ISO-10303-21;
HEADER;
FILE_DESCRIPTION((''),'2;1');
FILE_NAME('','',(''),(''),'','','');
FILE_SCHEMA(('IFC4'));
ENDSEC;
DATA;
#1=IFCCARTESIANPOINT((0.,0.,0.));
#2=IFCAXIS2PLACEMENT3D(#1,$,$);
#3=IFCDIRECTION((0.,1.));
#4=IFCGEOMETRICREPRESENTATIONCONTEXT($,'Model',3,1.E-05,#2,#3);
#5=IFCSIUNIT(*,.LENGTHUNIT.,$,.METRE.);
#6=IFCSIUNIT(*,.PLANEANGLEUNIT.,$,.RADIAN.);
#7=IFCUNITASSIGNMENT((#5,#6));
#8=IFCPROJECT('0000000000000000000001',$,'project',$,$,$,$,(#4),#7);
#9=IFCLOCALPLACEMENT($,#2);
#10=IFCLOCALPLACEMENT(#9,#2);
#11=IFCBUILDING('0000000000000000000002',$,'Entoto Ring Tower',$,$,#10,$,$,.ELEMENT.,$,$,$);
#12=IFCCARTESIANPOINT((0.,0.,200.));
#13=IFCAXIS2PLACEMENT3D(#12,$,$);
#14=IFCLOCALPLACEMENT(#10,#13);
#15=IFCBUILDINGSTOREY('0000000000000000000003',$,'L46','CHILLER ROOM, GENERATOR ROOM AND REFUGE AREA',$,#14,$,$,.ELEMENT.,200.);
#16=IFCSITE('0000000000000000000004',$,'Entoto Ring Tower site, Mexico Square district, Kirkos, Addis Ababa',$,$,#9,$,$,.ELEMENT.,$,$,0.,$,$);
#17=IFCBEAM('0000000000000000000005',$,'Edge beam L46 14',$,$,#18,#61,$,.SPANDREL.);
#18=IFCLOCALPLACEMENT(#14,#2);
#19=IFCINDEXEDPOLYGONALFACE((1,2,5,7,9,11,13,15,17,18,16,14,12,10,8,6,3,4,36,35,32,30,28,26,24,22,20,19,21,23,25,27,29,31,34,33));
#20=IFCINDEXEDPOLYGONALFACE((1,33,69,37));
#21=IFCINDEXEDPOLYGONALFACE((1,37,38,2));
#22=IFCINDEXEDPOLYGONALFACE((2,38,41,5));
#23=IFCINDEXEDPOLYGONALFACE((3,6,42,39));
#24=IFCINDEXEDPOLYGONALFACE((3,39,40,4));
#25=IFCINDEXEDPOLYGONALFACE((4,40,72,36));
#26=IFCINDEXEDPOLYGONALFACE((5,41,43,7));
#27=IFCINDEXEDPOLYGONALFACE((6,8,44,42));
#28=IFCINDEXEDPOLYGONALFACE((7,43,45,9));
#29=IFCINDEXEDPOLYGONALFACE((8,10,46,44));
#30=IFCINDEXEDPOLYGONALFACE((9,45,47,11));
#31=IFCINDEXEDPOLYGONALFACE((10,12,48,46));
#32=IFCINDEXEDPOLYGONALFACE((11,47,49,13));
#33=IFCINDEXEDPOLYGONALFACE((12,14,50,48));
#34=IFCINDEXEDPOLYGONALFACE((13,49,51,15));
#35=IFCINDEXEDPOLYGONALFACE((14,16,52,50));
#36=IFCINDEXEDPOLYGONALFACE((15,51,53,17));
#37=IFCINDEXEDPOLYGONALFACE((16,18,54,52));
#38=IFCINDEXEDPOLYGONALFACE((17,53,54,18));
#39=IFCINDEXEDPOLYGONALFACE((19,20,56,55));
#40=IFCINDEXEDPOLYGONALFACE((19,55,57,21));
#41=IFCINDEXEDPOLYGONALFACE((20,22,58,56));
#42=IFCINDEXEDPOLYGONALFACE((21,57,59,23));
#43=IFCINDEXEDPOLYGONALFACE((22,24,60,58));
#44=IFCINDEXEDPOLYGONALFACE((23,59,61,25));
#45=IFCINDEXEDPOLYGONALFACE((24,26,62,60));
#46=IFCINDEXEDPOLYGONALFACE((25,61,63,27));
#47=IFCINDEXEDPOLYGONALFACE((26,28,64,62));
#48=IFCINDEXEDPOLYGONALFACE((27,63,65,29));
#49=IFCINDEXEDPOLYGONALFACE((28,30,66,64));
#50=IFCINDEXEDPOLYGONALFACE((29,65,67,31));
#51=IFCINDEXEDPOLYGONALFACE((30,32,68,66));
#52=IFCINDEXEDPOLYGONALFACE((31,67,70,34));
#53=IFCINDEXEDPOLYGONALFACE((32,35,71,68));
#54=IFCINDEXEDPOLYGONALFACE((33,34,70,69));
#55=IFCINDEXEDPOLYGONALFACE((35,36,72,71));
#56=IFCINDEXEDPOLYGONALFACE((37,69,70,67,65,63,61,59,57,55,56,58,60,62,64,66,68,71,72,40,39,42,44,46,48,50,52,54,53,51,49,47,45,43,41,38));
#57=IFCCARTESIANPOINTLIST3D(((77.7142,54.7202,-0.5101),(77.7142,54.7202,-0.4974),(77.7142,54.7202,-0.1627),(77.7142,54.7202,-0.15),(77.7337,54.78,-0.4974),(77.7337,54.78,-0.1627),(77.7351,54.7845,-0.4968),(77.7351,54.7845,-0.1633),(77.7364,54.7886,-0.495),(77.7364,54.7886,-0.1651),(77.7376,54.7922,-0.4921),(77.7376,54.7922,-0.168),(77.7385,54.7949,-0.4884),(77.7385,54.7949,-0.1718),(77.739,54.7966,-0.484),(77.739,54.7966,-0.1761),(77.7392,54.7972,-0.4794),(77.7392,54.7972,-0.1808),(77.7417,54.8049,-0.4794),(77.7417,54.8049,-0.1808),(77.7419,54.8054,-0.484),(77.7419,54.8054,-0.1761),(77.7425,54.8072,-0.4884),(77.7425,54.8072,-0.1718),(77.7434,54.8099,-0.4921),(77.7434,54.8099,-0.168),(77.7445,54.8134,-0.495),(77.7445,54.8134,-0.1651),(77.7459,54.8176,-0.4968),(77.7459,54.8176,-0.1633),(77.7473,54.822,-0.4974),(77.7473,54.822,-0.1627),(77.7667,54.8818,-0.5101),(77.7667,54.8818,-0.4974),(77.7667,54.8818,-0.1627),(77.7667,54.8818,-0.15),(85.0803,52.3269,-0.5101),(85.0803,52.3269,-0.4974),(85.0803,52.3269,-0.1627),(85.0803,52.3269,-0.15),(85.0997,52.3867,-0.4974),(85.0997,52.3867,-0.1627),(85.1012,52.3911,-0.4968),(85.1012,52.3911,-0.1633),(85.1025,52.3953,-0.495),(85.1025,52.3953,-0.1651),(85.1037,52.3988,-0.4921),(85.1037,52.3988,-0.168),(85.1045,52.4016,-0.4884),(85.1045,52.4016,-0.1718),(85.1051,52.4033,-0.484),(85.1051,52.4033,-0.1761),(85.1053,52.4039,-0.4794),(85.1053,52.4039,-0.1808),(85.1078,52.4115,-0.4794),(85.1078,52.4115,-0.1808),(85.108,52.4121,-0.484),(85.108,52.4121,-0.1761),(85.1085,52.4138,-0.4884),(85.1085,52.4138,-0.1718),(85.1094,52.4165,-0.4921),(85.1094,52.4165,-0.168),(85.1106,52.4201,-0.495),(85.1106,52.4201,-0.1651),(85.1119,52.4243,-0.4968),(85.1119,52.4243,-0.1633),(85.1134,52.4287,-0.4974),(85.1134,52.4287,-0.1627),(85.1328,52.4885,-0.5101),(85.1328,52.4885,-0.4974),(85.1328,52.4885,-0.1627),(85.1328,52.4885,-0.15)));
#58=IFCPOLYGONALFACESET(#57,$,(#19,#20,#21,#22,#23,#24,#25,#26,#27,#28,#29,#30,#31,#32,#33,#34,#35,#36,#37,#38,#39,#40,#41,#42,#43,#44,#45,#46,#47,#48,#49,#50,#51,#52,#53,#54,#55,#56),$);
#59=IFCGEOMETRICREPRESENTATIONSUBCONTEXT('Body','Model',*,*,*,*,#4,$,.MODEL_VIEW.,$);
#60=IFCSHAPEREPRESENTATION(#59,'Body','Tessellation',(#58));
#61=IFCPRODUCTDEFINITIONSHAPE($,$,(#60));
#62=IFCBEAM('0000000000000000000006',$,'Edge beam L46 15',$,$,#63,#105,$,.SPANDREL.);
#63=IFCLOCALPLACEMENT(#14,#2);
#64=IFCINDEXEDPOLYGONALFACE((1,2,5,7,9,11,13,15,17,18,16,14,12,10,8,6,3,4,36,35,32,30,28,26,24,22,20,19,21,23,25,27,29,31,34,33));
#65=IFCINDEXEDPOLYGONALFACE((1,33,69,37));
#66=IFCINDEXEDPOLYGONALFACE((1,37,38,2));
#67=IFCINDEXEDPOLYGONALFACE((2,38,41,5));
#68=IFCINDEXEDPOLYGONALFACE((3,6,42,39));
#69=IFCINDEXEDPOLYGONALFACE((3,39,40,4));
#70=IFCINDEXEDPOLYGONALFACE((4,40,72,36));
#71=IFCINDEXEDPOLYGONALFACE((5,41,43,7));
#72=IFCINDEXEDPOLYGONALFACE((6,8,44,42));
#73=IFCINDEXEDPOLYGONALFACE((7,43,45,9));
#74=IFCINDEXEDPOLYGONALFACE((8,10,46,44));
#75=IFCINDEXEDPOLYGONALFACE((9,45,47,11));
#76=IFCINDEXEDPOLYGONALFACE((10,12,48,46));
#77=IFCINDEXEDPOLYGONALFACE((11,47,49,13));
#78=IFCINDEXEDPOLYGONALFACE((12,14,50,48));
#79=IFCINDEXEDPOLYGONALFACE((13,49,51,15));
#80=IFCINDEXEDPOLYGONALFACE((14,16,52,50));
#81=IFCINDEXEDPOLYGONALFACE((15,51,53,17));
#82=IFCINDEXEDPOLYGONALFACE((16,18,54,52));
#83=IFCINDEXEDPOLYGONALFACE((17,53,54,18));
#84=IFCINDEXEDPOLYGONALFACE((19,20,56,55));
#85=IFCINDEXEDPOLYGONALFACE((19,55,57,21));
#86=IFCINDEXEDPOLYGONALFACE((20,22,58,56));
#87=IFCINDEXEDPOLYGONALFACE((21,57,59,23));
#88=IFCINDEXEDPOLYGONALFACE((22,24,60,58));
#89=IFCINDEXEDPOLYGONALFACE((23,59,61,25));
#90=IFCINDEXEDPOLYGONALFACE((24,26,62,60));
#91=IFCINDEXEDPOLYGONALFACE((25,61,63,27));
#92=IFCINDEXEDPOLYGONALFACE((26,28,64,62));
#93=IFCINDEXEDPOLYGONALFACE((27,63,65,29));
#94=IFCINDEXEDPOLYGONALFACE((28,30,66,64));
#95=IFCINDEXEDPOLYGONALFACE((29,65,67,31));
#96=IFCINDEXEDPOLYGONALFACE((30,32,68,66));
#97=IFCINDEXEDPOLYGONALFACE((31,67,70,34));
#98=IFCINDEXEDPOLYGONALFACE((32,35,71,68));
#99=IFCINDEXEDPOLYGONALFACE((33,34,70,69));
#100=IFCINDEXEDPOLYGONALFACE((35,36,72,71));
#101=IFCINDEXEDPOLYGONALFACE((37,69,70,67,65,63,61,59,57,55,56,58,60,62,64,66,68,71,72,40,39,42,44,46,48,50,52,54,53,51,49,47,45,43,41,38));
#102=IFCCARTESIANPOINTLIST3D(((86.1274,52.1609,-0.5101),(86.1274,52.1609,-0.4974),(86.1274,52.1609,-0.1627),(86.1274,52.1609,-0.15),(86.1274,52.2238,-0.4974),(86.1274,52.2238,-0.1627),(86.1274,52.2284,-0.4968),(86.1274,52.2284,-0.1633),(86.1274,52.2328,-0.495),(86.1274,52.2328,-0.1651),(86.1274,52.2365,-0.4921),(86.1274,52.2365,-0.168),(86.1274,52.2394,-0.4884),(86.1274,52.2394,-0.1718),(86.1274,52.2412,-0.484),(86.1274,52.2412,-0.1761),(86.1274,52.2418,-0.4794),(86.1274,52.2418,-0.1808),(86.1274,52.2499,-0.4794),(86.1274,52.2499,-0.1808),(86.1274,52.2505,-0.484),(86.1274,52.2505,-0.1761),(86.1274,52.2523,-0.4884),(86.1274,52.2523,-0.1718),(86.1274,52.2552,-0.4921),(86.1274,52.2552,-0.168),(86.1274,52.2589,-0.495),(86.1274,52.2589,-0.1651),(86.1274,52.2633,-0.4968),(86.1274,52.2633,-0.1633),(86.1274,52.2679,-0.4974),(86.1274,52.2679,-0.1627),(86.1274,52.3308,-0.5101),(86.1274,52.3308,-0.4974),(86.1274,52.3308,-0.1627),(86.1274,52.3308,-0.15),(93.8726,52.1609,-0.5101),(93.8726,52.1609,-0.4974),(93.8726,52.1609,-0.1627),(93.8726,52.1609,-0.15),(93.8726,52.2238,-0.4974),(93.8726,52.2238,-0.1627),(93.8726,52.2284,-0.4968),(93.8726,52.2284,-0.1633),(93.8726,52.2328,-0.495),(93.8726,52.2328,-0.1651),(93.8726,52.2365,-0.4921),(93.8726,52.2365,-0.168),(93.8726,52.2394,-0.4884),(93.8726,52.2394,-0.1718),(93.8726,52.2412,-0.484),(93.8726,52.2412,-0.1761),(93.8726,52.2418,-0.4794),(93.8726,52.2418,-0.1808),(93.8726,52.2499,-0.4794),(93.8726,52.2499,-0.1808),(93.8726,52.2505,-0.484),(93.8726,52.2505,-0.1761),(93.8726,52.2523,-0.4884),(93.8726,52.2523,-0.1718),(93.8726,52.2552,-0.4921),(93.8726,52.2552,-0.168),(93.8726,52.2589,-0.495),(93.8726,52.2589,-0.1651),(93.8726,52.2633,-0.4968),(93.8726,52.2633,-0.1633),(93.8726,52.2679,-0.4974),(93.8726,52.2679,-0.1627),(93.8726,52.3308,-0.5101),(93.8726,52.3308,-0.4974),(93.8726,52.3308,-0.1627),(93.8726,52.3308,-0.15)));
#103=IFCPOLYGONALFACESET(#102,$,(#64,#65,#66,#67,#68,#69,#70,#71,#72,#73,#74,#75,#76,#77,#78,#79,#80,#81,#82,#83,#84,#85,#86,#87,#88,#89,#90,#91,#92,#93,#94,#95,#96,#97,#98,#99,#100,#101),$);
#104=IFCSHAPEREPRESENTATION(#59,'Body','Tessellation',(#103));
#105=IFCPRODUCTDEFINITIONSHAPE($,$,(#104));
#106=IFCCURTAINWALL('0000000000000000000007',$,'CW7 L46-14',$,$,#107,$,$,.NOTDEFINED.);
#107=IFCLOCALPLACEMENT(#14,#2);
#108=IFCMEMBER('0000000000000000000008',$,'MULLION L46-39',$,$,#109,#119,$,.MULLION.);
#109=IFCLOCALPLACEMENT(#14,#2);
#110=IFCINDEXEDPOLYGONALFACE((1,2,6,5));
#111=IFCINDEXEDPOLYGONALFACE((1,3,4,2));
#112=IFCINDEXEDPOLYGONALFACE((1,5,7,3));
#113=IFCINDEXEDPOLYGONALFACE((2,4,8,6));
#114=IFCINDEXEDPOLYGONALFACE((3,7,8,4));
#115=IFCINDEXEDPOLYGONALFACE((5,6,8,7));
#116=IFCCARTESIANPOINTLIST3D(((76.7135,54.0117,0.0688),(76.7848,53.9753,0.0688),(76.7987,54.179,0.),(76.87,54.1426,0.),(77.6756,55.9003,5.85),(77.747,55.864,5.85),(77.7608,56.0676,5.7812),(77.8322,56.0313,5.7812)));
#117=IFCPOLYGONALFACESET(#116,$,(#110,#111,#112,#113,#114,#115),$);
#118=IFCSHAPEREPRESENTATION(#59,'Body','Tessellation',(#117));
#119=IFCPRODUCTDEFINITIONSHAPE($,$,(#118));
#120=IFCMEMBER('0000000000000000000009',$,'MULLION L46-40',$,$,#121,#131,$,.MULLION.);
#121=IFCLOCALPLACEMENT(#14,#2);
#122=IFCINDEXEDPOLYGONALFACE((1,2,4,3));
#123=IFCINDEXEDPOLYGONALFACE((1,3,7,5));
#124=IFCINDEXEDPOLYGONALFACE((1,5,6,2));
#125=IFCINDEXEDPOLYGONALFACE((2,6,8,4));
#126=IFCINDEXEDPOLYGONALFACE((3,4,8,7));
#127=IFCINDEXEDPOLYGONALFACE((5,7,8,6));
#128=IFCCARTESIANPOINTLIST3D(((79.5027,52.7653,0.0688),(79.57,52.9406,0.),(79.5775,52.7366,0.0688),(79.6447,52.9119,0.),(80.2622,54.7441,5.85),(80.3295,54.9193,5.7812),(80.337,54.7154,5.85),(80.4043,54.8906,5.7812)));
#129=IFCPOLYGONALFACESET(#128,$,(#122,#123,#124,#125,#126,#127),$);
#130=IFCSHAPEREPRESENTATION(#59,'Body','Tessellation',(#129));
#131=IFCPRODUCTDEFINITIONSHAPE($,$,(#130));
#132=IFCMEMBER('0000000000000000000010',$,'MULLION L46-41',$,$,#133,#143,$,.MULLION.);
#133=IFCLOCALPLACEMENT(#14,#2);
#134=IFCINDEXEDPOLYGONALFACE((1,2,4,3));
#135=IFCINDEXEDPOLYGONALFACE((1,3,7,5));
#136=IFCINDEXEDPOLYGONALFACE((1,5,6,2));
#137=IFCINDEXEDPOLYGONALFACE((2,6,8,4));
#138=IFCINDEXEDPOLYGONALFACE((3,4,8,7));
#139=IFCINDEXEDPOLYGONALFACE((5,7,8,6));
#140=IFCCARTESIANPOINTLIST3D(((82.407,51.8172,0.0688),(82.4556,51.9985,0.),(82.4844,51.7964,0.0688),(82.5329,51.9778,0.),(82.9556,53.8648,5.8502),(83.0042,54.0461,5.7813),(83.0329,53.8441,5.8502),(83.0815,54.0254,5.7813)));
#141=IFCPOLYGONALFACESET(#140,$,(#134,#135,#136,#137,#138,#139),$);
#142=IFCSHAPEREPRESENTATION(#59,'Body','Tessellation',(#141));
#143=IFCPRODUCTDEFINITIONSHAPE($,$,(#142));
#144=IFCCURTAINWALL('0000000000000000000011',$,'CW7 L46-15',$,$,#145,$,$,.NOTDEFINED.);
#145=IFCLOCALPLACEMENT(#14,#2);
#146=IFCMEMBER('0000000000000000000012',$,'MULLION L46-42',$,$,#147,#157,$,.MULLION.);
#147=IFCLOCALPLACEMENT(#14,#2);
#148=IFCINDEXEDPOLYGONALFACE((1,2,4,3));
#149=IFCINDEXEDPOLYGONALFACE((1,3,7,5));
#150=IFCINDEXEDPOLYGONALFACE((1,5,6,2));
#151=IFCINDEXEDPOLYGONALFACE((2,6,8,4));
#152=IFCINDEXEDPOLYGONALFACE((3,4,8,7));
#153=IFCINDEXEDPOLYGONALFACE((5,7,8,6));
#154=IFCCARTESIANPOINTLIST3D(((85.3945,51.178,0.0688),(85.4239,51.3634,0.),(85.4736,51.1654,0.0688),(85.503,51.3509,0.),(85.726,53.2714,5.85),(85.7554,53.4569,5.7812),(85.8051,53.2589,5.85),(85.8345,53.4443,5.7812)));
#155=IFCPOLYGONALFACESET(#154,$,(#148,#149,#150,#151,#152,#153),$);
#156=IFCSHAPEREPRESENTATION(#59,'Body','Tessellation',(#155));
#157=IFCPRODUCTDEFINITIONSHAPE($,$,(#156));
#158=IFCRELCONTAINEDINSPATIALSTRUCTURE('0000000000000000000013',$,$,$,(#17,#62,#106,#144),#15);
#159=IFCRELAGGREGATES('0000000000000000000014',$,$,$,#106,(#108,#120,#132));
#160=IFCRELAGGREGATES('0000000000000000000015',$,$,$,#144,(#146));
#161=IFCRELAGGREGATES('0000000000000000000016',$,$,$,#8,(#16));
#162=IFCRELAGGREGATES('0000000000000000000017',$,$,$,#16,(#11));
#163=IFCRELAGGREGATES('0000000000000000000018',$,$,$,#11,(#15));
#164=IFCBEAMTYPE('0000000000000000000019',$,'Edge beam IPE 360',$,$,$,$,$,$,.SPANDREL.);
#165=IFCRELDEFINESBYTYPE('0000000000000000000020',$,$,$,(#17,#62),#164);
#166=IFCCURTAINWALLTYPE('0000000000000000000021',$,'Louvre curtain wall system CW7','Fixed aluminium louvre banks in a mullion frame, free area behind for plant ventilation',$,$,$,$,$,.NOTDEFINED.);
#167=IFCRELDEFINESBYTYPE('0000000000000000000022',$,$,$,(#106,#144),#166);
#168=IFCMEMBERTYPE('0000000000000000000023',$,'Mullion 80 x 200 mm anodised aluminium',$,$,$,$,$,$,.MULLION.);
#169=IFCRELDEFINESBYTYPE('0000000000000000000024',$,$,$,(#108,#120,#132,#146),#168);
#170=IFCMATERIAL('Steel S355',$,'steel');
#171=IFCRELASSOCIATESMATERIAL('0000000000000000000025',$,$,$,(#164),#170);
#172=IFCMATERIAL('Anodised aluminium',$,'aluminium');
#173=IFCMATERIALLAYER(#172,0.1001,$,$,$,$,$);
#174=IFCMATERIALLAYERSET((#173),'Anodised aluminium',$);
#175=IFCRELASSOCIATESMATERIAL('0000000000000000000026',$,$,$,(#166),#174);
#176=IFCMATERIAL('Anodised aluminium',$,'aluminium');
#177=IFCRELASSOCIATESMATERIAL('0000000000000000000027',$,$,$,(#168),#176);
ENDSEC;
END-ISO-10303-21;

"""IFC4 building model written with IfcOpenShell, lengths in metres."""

from ifc_helpers import new_model, si_unit, direction, frame, origin, origin_2d, place, context, subcontext, project, spatial, rectangle, i_section, extrude, material, layer, layer_set, material_profile, profile_set, type_object, element, aggregate, save


model = new_model("IFC4")

# Units and contexts
model_context = context("Model", 3, precision=1e-05, world=origin(), true_north=direction((0.0, 1.0)))
body_context = subcontext(model_context, "Body", "Model", "MODEL_VIEW")
ifc_project = project(units=[si_unit("LENGTHUNIT", "METRE"), si_unit("PLANEANGLEUNIT", "RADIAN")], contexts=[model_context])

# Site, building, storey
site_placement = place(None, origin())
site = spatial("IfcSite", under=ifc_project, at=site_placement, Name="Entoto Ring Tower site, Mexico Square district, Kirkos, Addis Ababa", CompositionType="ELEMENT", RefElevation=0.0)
building_placement = place(site_placement, origin())
building = spatial("IfcBuilding", under=site, at=building_placement, Name="Entoto Ring Tower", CompositionType="ELEMENT")
storey_placement = place(building_placement, frame((0.0, 0.0, 200.0)))
storey = spatial("IfcBuildingStorey", under=building, at=storey_placement, Name="L46", Description="CHILLER ROOM, GENERATOR ROOM AND REFUGE AREA", CompositionType="ELEMENT", Elevation=200.0)

# Beams
ifc_material_1 = material(Name="Steel S355", Category="steel")
ifc_material_profile_1 = material_profile(ifc_material_1, i_section(OverallWidth=0.1699, OverallDepth=0.3601, WebThickness=0.0081, FlangeThickness=0.0127, FilletRadius=0.0181, at=origin_2d()), Name="IPE 360")
ifc_profile_set_1 = profile_set([ifc_material_profile_1], Name="Steel S355")
beam_type = type_object("IfcBeamType", Name="Edge beam IPE 360", PredefinedType="SPANDREL", material=ifc_profile_set_1)
for number, where, z_axis, x_axis, name in (
    (1, (77.7405, 54.801, -0.3301), (0.951058, -0.309013, 0.0), (0.309013, 0.951058, 0.0), "Edge beam L46 14"),
    (2, (86.1274, 52.2458, -0.3301), (1.0, 0.0, 0.0), (0.0, 1.0, 0.0), "Edge beam L46 15"),
):
    element("IfcBeam", number, at=place(storey_placement, frame(where, z_axis=z_axis, x_axis=x_axis)), inside=storey, type_object=beam_type, Name=name, PredefinedType="SPANDREL", context=body_context, shape_type="SweptSolid", body=[
        extrude(i_section(OverallWidth=0.1699, OverallDepth=0.3601, WebThickness=0.0081, FlangeThickness=0.0127, FilletRadius=0.0181, at=origin_2d()), origin(), (0.0, 0.0, 1.0), 7.7451),
    ])

# Curtain wall, members
ifc_material_2 = material(Name="Anodised aluminium", Category="aluminium")
ifc_layer_1 = layer(ifc_material_2, 0.1001)
ifc_layer_set_1 = layer_set([ifc_layer_1], Name="Anodised aluminium")
curtain_wall_type = type_object("IfcCurtainWallType", Name="Louvre curtain wall system CW7", Description="Fixed aluminium louvre banks in a mullion frame, free area behind for plant ventilation", PredefinedType="NOTDEFINED", material=ifc_layer_set_1)
curtain_wall_1_placement = place(storey_placement, origin())
curtain_wall_1 = element("IfcCurtainWall", 3, at=curtain_wall_1_placement, inside=storey, type_object=curtain_wall_type, Name="CW7 L46-14", PredefinedType="NOTDEFINED")
ifc_material_3 = material(Name="Anodised aluminium", Category="aluminium")
ifc_material_profile_2 = material_profile(ifc_material_3, rectangle(XDim=0.0801, YDim=0.2, at=origin_2d()), Name="Mullion 80 x 200 mm anodised aluminium")
ifc_profile_set_2 = profile_set([ifc_material_profile_2], Name="Anodised aluminium")
member_type_1 = type_object("IfcMemberType", Name="Mullion 80 x 200 mm anodised aluminium", PredefinedType="MULLION", material=ifc_profile_set_2)
member_1_placement = place(storey_placement, frame((76.7917, 54.0771, 0.0344), z_axis=(0.156256, 0.306724, 0.938885), x_axis=(-0.891039, 0.453928, 0.0)))
member_1 = element("IfcMember", 4, at=member_1_placement, type_object=member_type_1, Name="MULLION L46-39", PredefinedType="MULLION", context=body_context, shape_type="SweptSolid", body=[
    extrude(rectangle(XDim=0.0801, YDim=0.2, at=origin_2d()), origin(), (0.0, 0.0, 1.0), 6.1575),
])
member_2_placement = place(storey_placement, frame((79.5737, 52.8386, 0.0344), z_axis=(0.123348, 0.321356, 0.938891), x_axis=(-0.933589, 0.358346, 0.0)))
member_2 = element("IfcMember", 5, at=member_2_placement, type_object=member_type_1, Name="MULLION L46-40", PredefinedType="MULLION", context=body_context, shape_type="SweptSolid", body=[
    extrude(rectangle(XDim=0.0801, YDim=0.2, at=origin_2d()), origin(), (0.0, 0.0, 1.0), 6.1575),
])
member_3_placement = place(storey_placement, frame((82.47, 51.8975, 0.0344), z_axis=(0.08909, 0.332531, 0.938875), x_axis=(-0.965934, 0.258788, 0.0)))
member_3 = element("IfcMember", 6, at=member_3_placement, type_object=member_type_1, Name="MULLION L46-41", PredefinedType="MULLION", context=body_context, shape_type="SweptSolid", body=[
    extrude(rectangle(XDim=0.0801, YDim=0.2, at=origin_2d()), origin(), (0.0, 0.0, 1.0), 6.1577),
])
aggregate(curtain_wall_1, [member_1, member_2, member_3])

# Curtain wall, member
curtain_wall_2_placement = place(storey_placement, origin())
curtain_wall_2 = element("IfcCurtainWall", 7, at=curtain_wall_2_placement, inside=storey, type_object=curtain_wall_type, Name="CW7 L46-15", PredefinedType="NOTDEFINED")
member_4_placement = place(storey_placement, frame((85.4487, 51.2644, 0.0344), z_axis=(0.053843, 0.33999, 0.938887), x_axis=(-0.987691, 0.156418, 0.0)))
member_4 = element("IfcMember", 8, at=member_4_placement, type_object=member_type_1, Name="MULLION L46-42", PredefinedType="MULLION", context=body_context, shape_type="SweptSolid", body=[
    extrude(rectangle(XDim=0.0801, YDim=0.2, at=origin_2d()), origin(), (0.0, 0.0, 1.0), 6.1575),
])
aggregate(curtain_wall_2, [member_4])

save(model, "model.ifc")
